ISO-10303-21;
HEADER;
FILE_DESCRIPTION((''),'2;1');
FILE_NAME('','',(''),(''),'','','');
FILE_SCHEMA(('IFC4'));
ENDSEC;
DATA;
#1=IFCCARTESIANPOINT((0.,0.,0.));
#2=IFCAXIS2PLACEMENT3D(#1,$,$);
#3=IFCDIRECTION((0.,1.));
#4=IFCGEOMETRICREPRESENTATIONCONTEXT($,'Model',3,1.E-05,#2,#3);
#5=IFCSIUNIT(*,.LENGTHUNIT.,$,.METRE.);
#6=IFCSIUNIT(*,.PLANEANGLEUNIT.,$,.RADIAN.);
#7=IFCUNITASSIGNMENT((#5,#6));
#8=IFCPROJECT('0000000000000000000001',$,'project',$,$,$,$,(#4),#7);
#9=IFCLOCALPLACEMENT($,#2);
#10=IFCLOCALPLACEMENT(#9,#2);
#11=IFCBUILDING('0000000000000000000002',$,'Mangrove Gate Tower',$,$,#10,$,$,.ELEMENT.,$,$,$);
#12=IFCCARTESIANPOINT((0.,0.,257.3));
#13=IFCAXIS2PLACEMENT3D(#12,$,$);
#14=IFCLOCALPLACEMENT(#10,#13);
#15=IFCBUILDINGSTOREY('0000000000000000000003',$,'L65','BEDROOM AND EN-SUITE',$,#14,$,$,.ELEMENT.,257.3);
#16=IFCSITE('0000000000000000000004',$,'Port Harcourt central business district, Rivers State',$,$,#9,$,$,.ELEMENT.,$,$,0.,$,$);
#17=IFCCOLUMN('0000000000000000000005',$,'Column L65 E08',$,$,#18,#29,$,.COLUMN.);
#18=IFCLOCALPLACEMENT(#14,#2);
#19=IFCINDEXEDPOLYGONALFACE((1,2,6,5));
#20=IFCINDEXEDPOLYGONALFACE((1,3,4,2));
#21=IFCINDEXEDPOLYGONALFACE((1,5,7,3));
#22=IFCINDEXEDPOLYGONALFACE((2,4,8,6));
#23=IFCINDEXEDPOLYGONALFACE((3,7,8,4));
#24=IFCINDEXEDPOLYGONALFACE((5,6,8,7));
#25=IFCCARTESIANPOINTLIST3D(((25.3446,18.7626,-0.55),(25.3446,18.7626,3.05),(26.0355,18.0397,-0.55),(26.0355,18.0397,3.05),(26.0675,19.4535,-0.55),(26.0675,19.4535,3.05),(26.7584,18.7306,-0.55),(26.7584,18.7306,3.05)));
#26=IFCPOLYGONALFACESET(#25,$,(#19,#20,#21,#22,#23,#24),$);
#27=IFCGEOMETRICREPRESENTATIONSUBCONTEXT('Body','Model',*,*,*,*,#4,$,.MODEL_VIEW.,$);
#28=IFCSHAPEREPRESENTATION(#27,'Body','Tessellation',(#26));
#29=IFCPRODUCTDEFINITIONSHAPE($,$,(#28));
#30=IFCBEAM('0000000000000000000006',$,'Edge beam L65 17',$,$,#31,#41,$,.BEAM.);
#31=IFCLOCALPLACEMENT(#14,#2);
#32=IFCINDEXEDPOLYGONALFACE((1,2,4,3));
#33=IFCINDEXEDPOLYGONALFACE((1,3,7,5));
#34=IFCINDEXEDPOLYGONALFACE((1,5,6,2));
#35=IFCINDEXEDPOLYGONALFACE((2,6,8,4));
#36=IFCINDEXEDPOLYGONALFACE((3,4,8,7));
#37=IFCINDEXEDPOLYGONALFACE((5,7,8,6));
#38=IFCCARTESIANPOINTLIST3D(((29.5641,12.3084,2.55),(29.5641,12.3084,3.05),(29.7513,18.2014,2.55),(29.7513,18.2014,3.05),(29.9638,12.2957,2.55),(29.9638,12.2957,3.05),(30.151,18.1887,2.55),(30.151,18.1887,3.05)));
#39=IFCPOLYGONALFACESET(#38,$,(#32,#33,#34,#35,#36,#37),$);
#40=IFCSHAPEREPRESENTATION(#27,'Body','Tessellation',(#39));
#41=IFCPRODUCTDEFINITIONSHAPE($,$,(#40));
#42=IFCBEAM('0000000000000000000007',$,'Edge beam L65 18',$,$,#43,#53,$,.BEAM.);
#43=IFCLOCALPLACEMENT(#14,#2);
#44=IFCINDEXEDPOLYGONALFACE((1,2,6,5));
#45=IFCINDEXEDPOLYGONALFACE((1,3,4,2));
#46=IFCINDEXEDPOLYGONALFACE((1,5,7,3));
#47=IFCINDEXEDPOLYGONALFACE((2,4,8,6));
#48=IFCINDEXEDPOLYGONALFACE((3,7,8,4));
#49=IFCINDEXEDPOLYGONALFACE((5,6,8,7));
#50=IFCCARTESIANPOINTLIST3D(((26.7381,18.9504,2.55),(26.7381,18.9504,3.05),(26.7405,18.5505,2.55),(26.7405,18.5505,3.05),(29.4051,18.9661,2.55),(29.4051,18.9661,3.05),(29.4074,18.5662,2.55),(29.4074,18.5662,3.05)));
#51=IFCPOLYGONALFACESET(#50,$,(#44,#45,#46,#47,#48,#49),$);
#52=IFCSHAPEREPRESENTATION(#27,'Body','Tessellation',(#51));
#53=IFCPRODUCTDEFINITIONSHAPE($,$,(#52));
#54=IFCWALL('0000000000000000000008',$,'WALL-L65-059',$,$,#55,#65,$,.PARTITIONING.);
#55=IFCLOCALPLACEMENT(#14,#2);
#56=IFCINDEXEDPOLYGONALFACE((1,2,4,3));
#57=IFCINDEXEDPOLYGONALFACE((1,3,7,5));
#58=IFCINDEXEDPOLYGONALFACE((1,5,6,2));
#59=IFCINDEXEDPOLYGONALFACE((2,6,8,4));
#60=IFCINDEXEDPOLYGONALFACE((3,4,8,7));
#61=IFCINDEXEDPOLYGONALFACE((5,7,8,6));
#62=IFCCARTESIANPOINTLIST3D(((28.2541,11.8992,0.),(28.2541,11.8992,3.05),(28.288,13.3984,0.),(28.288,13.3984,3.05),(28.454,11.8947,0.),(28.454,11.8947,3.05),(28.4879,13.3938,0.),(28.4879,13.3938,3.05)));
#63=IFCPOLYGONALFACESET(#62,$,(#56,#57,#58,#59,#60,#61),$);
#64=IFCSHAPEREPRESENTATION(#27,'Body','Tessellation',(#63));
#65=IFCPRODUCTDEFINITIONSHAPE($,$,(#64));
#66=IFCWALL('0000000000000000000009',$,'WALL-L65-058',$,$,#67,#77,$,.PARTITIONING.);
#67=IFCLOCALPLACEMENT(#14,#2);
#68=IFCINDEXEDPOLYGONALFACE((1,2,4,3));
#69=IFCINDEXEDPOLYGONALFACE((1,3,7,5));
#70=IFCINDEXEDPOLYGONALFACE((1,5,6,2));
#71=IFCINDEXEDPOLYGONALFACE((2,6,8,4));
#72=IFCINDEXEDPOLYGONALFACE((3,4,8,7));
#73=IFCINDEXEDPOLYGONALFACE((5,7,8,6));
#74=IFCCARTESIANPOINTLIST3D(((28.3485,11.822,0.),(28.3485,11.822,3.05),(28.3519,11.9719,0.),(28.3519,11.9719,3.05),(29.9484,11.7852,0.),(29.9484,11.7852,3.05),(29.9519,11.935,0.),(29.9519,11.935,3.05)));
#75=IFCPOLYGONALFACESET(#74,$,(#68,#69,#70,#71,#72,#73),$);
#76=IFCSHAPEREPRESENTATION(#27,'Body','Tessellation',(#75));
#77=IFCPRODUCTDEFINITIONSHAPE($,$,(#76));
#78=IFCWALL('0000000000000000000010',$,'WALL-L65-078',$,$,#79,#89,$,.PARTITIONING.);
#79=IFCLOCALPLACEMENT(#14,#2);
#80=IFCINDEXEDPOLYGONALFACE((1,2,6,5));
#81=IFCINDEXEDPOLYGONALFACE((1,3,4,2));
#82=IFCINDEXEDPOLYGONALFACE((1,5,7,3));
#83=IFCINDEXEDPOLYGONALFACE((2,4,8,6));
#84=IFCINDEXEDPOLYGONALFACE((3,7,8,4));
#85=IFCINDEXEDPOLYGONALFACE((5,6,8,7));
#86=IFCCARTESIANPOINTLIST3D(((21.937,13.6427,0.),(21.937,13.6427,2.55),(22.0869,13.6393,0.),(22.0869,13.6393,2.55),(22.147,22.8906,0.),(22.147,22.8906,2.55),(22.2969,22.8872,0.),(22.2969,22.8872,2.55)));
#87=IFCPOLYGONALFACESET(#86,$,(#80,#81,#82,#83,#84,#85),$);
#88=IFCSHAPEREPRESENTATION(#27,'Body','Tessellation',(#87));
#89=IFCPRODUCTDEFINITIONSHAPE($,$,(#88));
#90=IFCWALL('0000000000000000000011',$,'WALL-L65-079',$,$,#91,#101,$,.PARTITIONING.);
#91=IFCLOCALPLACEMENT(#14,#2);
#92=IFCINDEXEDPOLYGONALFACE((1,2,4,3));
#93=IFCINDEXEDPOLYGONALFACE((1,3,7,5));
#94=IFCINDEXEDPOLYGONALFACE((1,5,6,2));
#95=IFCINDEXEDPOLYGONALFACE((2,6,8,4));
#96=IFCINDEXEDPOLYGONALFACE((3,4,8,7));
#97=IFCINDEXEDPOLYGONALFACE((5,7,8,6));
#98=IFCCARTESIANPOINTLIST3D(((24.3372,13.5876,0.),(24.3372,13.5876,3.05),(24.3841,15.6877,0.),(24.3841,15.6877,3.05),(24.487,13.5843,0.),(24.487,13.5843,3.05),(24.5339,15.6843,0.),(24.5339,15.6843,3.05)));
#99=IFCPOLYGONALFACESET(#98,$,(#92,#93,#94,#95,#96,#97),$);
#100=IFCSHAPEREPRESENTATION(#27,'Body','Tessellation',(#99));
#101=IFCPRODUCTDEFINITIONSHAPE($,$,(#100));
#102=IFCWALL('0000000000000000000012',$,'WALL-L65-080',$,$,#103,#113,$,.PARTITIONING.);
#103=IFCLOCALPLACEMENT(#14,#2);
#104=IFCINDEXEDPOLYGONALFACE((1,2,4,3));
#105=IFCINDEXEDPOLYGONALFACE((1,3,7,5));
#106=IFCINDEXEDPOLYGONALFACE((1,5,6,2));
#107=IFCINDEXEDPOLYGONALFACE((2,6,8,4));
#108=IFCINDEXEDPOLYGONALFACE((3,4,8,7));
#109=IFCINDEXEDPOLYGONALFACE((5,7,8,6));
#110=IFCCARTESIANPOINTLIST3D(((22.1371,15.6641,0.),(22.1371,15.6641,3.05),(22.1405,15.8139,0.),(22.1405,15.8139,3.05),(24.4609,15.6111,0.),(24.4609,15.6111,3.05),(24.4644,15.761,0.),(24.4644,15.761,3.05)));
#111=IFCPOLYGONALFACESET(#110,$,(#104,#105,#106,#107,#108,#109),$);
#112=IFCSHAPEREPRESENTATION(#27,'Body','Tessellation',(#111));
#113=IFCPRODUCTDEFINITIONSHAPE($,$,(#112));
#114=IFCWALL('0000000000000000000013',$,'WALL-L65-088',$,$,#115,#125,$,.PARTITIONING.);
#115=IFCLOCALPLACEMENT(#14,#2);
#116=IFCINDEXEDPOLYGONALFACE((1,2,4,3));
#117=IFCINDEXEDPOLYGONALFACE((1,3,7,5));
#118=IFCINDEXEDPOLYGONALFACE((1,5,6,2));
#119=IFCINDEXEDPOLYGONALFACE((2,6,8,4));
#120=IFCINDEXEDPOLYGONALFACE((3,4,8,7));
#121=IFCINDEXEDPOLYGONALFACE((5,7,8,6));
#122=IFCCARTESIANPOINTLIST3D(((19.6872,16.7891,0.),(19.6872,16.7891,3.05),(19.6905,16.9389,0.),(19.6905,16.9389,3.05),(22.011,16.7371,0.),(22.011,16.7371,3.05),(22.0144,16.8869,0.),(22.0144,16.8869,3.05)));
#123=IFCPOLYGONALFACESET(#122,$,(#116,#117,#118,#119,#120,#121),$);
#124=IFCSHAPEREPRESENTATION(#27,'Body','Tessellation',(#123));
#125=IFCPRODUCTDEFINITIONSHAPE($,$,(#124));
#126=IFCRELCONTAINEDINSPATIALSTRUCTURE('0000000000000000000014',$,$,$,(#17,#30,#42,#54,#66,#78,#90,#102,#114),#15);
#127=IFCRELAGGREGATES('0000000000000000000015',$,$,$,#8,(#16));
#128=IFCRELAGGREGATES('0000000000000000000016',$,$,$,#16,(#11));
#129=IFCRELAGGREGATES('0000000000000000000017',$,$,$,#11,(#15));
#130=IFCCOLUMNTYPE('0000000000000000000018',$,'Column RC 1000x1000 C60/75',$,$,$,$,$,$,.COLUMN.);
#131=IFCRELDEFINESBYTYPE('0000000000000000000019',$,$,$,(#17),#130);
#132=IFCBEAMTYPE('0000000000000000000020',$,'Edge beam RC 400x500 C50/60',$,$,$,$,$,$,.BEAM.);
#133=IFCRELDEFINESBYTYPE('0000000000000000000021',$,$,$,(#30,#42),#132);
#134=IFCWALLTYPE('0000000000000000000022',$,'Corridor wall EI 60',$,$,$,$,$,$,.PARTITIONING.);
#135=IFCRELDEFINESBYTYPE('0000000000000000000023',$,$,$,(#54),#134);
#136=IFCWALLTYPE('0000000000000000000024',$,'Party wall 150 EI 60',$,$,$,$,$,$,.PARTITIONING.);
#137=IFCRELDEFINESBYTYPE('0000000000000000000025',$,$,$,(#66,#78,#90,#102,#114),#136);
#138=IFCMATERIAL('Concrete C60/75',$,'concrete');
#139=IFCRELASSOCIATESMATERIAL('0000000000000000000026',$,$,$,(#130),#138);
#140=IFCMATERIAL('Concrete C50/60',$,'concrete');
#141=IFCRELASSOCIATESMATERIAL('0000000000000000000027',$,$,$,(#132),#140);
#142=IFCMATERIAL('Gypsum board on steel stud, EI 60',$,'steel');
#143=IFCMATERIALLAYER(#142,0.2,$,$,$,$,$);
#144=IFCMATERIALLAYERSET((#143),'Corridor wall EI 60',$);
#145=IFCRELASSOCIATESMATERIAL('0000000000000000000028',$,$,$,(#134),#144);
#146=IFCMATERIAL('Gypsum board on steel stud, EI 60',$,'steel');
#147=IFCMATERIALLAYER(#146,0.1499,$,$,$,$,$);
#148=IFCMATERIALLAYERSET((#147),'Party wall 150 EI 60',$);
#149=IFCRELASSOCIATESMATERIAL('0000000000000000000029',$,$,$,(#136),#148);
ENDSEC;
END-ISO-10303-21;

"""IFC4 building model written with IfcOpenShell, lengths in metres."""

from ifc_helpers import new_model, si_unit, direction, frame, frame_2d, origin, origin_2d, place, context, subcontext, project, spatial, rectangle, extrude, material, layer, layer_set, material_profile, profile_set, type_object, element, save


model = new_model("IFC4")

# Units and contexts
model_context = context("Model", 3, precision=1e-05, world=origin(), true_north=direction((0.0, 1.0)))
body_context = subcontext(model_context, "Body", "Model", "MODEL_VIEW")
ifc_project = project(units=[si_unit("LENGTHUNIT", "METRE"), si_unit("PLANEANGLEUNIT", "RADIAN")], contexts=[model_context])

# Site, building, storey
site_placement = place(None, origin())
site = spatial("IfcSite", under=ifc_project, at=site_placement, Name="Port Harcourt central business district, Rivers State", CompositionType="ELEMENT", RefElevation=0.0)
building_placement = place(site_placement, origin())
building = spatial("IfcBuilding", under=site, at=building_placement, Name="Mangrove Gate Tower", CompositionType="ELEMENT")
storey_placement = place(building_placement, frame((0.0, 0.0, 257.3)))
storey = spatial("IfcBuildingStorey", under=building, at=storey_placement, Name="L65", Description="BEDROOM AND EN-SUITE", CompositionType="ELEMENT", Elevation=257.3)

# Column
ifc_material_1 = material(Name="Concrete C60/75", Category="concrete")
ifc_material_profile_1 = material_profile(ifc_material_1, rectangle(XDim=1.0, YDim=1.0, at=origin_2d()))
ifc_profile_set_1 = profile_set([ifc_material_profile_1], Name="Concrete C60/75")
column_type = type_object("IfcColumnType", Name="Column RC 1000x1000 C60/75", PredefinedType="COLUMN", material=ifc_profile_set_1)
column_placement = place(storey_placement, frame((26.0515, 18.7466, -0.55), z_axis=(0.0, 0.0, 1.0), x_axis=(-0.690926, 0.722926, 0.0)))
element("IfcColumn", 1, at=column_placement, inside=storey, type_object=column_type, Name="Column L65 E08", PredefinedType="COLUMN", context=body_context, shape_type="SweptSolid", body=[
    extrude(rectangle(XDim=1.0, YDim=1.0, at=origin_2d()), origin(), (0.0, 0.0, 1.0), 3.6001),
])

# Beams
ifc_material_2 = material(Name="Concrete C50/60", Category="concrete")
ifc_material_profile_2 = material_profile(ifc_material_2, rectangle(XDim=0.3999, YDim=0.5, at=origin_2d()))
ifc_profile_set_2 = profile_set([ifc_material_profile_2], Name="Concrete C50/60")
beam_type = type_object("IfcBeamType", Name="Edge beam RC 400x500 C50/60", PredefinedType="BEAM", material=ifc_profile_set_2)
beam_1_placement = place(storey_placement, frame((29.7639, 12.302, 2.8), z_axis=(0.03176, 0.999496, 0.0), x_axis=(-0.999496, 0.03176, 0.0)))
element("IfcBeam", 2, at=beam_1_placement, inside=storey, type_object=beam_type, Name="Edge beam L65 17", PredefinedType="BEAM", context=body_context, shape_type="SweptSolid", body=[
    extrude(rectangle(XDim=0.3999, YDim=0.5, at=origin_2d()), origin(), (0.0, 0.0, 1.0), 5.896),
])
beam_2_placement = place(storey_placement, frame((29.4062, 18.7661, 2.8), z_axis=(-0.999983, -0.005859, 0.0), x_axis=(0.005859, -0.999983, 0.0)))
element("IfcBeam", 3, at=beam_2_placement, inside=storey, type_object=beam_type, Name="Edge beam L65 18", PredefinedType="BEAM", context=body_context, shape_type="SweptSolid", body=[
    extrude(rectangle(XDim=0.3999, YDim=0.5, at=origin_2d()), origin(), (0.0, 0.0, 1.0), 2.667),
])

# Walls
ifc_material_3 = material(Name="Gypsum board on steel stud, EI 60", Category="steel")
ifc_layer_1 = layer(ifc_material_3, 0.2)
ifc_layer_set_1 = layer_set([ifc_layer_1], Name="Corridor wall EI 60")
wall_type_1 = type_object("IfcWallType", Name="Corridor wall EI 60", PredefinedType="PARTITIONING", material=ifc_layer_set_1)
wall_1_placement = place(storey_placement, frame((28.354, 11.897, 0.0), z_axis=(0.0, 0.0, 1.0), x_axis=(0.022633, 0.999744, 0.0)))
element("IfcWall", 4, at=wall_1_placement, inside=storey, type_object=wall_type_1, Name="WALL-L65-059", PredefinedType="PARTITIONING", context=body_context, shape_type="SweptSolid", body=[
    extrude(rectangle(XDim=1.4995, YDim=0.2, at=frame_2d((0.7498, 0.0))), origin(), (0.0, 0.0, 1.0), 3.05),
])
ifc_material_4 = material(Name="Gypsum board on steel stud, EI 60", Category="steel")
ifc_layer_2 = layer(ifc_material_4, 0.1499)
ifc_layer_set_2 = layer_set([ifc_layer_2], Name="Party wall 150 EI 60")
wall_type_2 = type_object("IfcWallType", Name="Party wall 150 EI 60", PredefinedType="PARTITIONING", material=ifc_layer_set_2)
wall_2_placement = place(storey_placement, frame((28.3501, 11.897, 0.0), z_axis=(0.0, 0.0, 1.0), x_axis=(0.999735, -0.023037, 0.0)))
element("IfcWall", 5, at=wall_2_placement, inside=storey, type_object=wall_type_2, Name="WALL-L65-058", PredefinedType="PARTITIONING", context=body_context, shape_type="SweptSolid", body=[
    extrude(rectangle(XDim=1.6003, YDim=0.1499, at=frame_2d((0.8003, 0.0))), origin(), (0.0, 0.0, 1.0), 3.05),
])
wall_3_placement = place(storey_placement, frame((22.012, 13.6411, 0.0), z_axis=(0.0, 0.0, 1.0), x_axis=(0.022698, 0.999742, 0.0)))
element("IfcWall", 6, at=wall_3_placement, inside=storey, type_object=wall_type_2, Name="WALL-L65-078", PredefinedType="PARTITIONING", context=body_context, shape_type="SweptSolid", body=[
    extrude(rectangle(XDim=9.2502, YDim=0.1499, at=frame_2d((4.625, 0.0))), origin(), (0.0, 0.0, 1.0), 2.55),
])
wall_4_placement = place(storey_placement, frame((24.4121, 13.5859, 0.0), z_axis=(0.0, 0.0, 1.0), x_axis=(0.022315, 0.999751, 0.0)))
element("IfcWall", 7, at=wall_4_placement, inside=storey, type_object=wall_type_2, Name="WALL-L65-079", PredefinedType="PARTITIONING", context=body_context, shape_type="SweptSolid", body=[
    extrude(rectangle(XDim=2.1006, YDim=0.1499, at=frame_2d((1.0503, 0.0))), origin(), (0.0, 0.0, 1.0), 3.05),
])
for number, where, z_axis, x_axis, name in (
    (8, (22.1389, 15.739, 0.0), (0.0, 0.0, 1.0), (0.99974, -0.022791, 0.0), "WALL-L65-080"),
    (9, (19.689, 16.864, 0.0), (0.0, 0.0, 1.0), (0.99975, -0.022371, 0.0), "WALL-L65-088"),
):
    element("IfcWall", number, at=place(storey_placement, frame(where, z_axis=z_axis, x_axis=x_axis)), inside=storey, type_object=wall_type_2, Name=name, PredefinedType="PARTITIONING", context=body_context, shape_type="SweptSolid", body=[
        extrude(rectangle(XDim=2.3245, YDim=0.1499, at=frame_2d((1.1621, 0.0))), origin(), (0.0, 0.0, 1.0), 3.05),
    ])

save(model, "model.ifc")
